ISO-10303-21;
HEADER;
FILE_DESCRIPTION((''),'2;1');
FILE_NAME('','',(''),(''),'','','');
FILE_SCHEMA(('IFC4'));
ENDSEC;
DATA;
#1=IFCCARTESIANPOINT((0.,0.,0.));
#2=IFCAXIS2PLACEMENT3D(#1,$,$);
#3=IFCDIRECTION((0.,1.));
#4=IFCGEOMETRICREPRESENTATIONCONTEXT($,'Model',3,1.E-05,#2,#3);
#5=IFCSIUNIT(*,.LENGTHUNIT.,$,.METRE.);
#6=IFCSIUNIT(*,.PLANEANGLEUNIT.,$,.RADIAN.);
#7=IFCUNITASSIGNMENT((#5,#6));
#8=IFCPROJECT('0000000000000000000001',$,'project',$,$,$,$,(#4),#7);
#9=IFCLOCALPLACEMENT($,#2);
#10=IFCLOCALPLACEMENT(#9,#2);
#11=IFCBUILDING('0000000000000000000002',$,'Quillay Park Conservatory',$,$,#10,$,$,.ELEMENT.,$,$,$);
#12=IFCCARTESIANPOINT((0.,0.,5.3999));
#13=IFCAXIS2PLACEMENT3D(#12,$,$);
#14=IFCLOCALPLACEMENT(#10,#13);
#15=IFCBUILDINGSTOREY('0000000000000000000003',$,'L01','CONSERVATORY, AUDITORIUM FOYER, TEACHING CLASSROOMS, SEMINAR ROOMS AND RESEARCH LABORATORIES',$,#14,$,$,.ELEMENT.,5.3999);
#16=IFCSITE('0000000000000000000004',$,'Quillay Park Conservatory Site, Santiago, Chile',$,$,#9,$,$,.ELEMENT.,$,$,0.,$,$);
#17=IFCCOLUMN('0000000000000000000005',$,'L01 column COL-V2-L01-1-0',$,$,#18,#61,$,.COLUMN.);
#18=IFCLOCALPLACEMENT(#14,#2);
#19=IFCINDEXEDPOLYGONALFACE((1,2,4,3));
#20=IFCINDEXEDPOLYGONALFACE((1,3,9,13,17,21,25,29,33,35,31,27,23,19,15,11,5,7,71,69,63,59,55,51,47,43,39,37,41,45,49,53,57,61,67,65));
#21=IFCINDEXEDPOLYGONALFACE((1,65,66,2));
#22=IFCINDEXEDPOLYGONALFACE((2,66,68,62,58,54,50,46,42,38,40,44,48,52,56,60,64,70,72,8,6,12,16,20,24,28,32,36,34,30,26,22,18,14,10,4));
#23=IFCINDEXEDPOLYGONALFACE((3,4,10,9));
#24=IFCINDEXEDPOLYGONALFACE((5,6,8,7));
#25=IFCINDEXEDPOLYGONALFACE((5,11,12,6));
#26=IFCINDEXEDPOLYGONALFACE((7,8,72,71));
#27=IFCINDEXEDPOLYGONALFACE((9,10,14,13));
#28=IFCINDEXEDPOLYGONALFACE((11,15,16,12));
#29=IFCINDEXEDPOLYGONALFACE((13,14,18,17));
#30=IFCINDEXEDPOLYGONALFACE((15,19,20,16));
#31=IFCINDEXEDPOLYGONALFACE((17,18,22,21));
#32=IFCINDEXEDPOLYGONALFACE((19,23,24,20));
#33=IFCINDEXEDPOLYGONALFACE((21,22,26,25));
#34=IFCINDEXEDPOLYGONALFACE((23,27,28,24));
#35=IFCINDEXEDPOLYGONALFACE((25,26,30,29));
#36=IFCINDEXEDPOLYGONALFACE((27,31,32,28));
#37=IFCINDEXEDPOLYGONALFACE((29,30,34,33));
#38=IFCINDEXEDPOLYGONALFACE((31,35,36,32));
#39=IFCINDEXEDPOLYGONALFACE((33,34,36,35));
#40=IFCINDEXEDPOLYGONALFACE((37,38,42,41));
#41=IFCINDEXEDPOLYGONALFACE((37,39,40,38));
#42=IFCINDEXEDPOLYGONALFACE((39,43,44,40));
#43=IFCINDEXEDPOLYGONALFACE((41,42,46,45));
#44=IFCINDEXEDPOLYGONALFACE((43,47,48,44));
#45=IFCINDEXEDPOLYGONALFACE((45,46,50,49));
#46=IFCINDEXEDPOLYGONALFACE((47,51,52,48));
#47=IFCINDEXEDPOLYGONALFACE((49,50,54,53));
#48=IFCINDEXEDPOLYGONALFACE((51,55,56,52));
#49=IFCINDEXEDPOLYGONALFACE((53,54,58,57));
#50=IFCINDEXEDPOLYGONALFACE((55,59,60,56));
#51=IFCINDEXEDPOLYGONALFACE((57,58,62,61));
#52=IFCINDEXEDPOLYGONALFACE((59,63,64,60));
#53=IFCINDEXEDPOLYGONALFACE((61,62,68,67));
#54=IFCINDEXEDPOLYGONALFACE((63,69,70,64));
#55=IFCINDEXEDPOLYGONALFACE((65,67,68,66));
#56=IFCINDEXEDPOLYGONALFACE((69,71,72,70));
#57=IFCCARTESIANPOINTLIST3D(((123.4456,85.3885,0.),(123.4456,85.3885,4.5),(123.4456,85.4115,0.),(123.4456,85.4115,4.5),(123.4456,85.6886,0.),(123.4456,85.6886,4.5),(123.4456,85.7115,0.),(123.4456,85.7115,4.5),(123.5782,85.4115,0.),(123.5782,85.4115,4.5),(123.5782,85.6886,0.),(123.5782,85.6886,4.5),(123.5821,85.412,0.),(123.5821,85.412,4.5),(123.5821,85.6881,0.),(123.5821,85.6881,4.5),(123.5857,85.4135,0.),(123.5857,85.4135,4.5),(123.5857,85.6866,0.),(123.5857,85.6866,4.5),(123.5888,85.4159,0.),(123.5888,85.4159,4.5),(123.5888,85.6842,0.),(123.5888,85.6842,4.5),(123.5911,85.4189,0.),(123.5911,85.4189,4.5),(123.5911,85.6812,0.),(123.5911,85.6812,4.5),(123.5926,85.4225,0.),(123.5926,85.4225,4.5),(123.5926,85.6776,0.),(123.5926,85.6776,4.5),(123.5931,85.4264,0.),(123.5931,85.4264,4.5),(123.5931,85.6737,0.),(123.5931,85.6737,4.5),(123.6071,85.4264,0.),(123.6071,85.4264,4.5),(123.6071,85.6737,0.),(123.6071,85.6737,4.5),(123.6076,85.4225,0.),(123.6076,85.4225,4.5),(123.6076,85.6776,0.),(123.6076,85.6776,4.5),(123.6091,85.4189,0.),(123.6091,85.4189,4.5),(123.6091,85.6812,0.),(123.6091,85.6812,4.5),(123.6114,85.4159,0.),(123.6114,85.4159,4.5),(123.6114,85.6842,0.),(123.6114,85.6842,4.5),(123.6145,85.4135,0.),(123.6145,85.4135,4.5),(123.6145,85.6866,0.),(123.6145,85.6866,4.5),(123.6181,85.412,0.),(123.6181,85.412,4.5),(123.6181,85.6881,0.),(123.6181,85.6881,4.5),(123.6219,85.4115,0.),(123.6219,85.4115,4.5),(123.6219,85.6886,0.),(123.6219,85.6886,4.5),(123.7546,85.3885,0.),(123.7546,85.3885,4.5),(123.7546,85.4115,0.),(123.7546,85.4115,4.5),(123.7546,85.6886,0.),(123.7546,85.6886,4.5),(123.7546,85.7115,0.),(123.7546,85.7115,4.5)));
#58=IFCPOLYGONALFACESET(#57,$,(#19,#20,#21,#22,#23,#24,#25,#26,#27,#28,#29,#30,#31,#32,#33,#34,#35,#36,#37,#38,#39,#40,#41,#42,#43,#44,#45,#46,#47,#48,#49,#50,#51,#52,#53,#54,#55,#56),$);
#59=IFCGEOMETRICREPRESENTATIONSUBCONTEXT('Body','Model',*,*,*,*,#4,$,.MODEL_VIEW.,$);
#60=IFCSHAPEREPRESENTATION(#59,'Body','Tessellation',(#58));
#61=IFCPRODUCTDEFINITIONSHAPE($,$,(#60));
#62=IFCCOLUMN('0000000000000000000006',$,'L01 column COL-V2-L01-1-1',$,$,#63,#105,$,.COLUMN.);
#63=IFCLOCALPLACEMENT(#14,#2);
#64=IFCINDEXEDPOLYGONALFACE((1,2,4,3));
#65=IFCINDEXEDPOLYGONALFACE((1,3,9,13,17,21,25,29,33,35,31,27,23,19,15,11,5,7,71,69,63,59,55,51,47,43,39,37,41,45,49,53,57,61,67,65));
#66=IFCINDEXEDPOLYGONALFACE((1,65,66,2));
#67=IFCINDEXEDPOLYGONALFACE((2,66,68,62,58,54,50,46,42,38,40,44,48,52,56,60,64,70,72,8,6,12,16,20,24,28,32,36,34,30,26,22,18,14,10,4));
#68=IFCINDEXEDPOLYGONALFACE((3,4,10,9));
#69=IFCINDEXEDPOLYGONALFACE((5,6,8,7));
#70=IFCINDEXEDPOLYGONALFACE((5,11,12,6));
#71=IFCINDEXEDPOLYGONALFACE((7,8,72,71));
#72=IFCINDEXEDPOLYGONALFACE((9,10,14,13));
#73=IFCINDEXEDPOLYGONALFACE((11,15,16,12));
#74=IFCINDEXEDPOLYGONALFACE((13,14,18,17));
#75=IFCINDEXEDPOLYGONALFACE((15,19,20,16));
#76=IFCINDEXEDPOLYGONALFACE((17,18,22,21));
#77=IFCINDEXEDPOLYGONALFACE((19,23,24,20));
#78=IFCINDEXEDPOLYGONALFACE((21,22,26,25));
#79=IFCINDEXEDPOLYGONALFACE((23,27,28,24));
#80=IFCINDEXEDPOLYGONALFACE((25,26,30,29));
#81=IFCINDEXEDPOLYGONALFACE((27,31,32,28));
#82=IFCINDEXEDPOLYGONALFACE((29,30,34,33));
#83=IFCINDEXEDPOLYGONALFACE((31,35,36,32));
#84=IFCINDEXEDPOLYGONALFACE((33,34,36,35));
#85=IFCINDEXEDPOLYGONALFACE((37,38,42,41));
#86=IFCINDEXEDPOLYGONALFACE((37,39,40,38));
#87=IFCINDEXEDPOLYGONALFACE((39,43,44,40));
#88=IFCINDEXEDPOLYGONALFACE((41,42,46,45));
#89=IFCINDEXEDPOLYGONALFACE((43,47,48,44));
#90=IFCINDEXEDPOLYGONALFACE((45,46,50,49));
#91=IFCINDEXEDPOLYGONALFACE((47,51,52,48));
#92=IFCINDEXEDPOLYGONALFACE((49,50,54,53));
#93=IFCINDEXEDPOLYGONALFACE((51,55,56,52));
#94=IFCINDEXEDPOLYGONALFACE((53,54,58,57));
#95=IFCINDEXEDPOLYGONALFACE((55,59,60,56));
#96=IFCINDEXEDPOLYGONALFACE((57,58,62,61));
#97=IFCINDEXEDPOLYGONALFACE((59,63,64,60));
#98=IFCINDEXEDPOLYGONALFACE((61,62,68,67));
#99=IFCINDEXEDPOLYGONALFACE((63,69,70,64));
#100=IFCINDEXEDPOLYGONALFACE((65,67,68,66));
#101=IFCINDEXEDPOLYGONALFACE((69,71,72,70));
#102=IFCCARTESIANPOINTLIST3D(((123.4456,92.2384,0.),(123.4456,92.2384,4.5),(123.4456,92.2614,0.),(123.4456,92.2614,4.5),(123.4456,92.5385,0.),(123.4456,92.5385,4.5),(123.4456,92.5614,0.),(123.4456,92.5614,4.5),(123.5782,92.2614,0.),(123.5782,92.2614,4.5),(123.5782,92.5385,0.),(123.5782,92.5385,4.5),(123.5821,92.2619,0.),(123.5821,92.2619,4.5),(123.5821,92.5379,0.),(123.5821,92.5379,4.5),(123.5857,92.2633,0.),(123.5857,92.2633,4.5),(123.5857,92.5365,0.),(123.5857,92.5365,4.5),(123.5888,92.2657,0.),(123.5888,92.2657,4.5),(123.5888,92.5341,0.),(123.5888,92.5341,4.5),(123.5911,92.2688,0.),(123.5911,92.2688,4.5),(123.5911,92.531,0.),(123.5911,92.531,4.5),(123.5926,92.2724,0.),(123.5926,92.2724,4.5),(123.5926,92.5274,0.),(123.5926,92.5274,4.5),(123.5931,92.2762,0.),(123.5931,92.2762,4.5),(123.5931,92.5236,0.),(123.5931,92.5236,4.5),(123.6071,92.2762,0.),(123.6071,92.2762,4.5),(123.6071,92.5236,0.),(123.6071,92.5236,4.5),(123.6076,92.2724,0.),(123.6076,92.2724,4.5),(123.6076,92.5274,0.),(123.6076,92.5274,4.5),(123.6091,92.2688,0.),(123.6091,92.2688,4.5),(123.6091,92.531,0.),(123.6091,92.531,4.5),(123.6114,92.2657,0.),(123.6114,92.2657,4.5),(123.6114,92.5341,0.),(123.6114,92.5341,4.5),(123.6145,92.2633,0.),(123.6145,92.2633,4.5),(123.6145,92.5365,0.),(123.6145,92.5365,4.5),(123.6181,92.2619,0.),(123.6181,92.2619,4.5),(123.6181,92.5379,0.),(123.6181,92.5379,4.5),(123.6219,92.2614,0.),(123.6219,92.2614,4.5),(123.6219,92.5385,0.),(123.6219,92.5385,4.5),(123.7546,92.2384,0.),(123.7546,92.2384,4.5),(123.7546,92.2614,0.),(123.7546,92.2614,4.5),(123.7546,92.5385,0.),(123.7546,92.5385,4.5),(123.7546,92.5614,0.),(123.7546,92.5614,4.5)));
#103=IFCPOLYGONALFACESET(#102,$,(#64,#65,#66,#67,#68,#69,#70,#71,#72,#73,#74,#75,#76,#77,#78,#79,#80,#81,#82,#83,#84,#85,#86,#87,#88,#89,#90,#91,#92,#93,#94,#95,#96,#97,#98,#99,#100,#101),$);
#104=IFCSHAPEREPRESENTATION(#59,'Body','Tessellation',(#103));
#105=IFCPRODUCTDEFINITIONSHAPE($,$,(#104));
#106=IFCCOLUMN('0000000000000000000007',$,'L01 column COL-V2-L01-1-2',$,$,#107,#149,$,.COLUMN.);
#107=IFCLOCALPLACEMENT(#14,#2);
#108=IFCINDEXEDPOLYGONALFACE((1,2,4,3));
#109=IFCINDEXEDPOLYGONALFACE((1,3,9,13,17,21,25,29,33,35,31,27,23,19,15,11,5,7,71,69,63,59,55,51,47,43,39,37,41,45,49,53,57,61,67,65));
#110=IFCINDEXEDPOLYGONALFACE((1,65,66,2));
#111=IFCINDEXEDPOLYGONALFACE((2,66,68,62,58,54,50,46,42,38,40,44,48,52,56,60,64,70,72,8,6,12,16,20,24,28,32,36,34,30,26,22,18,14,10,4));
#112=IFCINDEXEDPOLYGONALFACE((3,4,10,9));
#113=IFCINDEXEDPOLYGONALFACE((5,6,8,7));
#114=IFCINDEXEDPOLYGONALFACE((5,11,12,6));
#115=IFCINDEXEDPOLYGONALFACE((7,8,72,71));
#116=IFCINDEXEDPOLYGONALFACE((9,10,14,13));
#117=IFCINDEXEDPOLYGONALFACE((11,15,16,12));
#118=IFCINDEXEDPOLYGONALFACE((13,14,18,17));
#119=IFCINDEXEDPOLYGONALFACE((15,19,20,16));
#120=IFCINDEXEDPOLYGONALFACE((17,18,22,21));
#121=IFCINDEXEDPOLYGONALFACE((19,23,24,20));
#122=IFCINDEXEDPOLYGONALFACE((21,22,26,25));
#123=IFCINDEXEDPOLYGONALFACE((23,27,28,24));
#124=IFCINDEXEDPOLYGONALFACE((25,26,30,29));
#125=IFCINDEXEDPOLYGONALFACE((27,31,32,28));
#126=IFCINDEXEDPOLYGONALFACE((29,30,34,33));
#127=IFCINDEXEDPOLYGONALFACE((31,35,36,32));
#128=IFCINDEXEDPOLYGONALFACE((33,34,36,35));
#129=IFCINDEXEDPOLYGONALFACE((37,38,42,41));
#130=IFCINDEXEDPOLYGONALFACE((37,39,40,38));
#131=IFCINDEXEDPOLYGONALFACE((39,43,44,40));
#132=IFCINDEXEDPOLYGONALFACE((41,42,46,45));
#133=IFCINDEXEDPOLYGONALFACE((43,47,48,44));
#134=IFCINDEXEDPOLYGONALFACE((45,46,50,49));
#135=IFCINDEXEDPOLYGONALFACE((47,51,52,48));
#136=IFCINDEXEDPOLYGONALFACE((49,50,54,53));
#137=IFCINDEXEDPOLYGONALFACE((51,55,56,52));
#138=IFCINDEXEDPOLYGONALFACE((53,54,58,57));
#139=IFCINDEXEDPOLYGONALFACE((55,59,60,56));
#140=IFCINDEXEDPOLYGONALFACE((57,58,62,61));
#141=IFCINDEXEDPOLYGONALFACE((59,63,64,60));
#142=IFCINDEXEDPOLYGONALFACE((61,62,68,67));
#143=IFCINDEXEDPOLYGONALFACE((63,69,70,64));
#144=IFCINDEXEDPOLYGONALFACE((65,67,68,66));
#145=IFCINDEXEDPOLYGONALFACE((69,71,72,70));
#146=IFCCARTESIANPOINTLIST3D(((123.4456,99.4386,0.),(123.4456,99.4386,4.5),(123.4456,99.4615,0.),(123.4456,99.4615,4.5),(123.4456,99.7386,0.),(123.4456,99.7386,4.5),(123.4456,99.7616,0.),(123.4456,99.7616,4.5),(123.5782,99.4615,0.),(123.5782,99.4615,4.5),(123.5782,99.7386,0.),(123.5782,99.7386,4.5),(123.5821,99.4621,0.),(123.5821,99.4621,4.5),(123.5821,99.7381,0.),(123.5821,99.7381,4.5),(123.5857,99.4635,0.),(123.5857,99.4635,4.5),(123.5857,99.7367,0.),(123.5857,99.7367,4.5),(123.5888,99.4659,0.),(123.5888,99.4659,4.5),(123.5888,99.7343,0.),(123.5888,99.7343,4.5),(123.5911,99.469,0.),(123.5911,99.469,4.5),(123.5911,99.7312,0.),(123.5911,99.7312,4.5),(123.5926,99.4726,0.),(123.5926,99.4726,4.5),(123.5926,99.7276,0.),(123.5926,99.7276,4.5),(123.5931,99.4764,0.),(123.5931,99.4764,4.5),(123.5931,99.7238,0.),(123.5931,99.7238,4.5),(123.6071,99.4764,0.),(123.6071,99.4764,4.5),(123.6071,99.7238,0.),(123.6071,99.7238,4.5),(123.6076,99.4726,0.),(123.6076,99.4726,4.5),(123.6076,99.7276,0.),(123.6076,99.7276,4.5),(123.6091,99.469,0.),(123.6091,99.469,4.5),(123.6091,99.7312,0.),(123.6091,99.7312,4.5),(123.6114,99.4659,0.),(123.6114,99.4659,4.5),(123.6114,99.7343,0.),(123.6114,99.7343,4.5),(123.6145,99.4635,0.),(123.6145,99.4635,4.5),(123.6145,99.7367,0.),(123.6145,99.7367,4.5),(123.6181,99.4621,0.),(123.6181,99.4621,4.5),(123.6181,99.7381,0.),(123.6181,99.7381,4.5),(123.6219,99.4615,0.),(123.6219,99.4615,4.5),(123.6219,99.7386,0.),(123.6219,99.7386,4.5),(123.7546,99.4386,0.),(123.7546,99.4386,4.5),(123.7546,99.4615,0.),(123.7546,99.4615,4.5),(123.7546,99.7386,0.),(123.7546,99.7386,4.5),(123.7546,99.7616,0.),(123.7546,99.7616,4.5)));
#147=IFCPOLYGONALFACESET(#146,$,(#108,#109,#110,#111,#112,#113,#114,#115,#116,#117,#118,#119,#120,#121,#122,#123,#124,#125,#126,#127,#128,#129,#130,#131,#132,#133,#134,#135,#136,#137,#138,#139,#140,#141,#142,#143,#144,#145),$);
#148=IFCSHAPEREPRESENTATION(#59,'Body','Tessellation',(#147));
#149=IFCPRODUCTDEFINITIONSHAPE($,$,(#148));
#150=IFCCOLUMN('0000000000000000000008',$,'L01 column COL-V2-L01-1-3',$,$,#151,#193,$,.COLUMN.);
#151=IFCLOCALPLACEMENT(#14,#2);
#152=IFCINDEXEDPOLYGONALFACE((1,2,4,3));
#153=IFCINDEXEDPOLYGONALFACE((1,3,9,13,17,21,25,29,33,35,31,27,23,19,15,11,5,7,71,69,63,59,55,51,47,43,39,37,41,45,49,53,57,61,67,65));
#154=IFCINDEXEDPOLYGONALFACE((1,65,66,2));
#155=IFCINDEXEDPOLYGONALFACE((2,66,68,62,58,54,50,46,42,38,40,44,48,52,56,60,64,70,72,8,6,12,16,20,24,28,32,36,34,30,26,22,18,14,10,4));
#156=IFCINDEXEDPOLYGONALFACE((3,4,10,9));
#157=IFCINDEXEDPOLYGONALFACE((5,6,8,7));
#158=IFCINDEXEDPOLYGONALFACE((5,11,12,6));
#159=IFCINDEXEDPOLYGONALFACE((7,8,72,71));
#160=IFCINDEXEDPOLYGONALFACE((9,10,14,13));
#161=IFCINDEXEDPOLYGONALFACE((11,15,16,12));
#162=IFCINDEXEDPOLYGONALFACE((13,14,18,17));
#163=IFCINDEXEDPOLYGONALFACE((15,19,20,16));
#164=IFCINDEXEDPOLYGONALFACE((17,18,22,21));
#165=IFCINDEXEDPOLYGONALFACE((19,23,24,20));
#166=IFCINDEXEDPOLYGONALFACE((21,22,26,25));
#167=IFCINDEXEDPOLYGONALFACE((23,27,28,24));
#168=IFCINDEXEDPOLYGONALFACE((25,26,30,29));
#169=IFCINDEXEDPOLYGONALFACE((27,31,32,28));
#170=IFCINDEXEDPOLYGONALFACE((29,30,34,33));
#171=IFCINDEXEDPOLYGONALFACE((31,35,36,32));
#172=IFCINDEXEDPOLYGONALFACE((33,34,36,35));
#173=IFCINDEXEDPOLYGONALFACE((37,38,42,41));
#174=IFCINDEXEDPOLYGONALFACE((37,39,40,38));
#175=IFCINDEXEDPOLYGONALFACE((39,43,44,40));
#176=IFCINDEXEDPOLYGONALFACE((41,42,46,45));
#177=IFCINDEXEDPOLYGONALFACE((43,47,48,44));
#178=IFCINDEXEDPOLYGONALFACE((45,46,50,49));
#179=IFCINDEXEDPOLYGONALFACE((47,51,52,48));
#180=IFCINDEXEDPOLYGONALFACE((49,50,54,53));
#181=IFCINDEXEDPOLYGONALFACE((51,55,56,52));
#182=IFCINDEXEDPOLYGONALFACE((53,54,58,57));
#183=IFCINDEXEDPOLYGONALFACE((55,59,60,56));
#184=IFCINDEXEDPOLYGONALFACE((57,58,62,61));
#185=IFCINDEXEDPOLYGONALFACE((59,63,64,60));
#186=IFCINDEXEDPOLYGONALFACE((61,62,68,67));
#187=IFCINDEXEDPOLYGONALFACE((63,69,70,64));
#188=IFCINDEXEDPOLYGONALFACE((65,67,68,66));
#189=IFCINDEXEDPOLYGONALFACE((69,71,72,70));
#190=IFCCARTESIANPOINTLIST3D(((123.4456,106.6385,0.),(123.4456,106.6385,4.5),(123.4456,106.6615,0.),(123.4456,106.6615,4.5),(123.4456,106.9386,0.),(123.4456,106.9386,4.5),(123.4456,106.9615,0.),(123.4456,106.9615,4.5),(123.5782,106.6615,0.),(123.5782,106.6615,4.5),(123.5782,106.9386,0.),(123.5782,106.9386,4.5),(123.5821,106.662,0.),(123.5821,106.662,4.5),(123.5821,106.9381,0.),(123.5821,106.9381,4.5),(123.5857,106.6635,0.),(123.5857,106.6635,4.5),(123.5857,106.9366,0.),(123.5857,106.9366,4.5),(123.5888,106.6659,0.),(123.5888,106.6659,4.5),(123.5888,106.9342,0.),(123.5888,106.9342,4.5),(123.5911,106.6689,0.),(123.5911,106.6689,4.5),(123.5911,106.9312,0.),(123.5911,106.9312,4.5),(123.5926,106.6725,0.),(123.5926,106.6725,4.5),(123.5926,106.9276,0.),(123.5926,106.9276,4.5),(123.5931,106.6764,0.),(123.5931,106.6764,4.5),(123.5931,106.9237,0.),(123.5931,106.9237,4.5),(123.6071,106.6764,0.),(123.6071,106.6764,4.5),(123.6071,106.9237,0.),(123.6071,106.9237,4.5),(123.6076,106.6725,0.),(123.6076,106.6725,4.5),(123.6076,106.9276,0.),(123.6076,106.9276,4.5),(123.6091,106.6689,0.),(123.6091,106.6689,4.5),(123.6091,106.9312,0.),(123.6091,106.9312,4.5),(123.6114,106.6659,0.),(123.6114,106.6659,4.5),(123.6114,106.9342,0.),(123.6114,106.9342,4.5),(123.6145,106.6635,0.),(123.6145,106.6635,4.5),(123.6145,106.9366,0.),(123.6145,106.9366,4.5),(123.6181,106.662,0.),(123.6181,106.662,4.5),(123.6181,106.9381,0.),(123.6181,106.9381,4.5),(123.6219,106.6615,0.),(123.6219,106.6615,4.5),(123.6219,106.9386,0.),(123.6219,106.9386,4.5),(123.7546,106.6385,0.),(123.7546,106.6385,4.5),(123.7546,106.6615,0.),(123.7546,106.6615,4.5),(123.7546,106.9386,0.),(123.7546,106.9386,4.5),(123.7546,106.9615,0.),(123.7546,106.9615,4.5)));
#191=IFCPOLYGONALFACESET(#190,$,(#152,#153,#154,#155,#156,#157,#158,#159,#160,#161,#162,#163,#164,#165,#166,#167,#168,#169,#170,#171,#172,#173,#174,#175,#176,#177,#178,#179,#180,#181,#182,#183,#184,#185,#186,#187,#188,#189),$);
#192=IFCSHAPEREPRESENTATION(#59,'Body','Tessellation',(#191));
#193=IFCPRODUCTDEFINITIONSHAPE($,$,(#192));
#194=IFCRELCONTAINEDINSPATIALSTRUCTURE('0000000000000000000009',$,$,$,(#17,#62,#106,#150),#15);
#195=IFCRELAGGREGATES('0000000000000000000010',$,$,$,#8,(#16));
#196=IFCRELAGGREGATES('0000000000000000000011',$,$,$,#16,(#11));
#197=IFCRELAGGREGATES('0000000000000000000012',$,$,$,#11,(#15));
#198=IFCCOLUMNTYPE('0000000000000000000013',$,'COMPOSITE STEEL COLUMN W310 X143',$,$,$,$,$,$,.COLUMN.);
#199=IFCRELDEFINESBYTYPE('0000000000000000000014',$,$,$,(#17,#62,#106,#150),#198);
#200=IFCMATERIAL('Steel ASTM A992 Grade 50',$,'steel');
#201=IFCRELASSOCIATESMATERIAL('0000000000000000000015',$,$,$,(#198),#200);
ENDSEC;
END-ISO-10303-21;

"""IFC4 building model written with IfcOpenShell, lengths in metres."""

from ifc_helpers import new_model, si_unit, direction, frame, origin, origin_2d, place, context, subcontext, project, spatial, i_section, extrude, material, material_profile, profile_set, type_object, element, save


model = new_model("IFC4")

# Units and contexts
model_context = context("Model", 3, precision=1e-05, world=origin(), true_north=direction((0.0, 1.0)))
body_context = subcontext(model_context, "Body", "Model", "MODEL_VIEW")
ifc_project = project(units=[si_unit("LENGTHUNIT", "METRE"), si_unit("PLANEANGLEUNIT", "RADIAN")], contexts=[model_context])

# Site, building, storey
site_placement = place(None, origin())
site = spatial("IfcSite", under=ifc_project, at=site_placement, Name="Quillay Park Conservatory Site, Santiago, Chile", CompositionType="ELEMENT", RefElevation=0.0)
building_placement = place(site_placement, origin())
building = spatial("IfcBuilding", under=site, at=building_placement, Name="Quillay Park Conservatory", CompositionType="ELEMENT")
storey_placement = place(building_placement, frame((0.0, 0.0, 5.3999)))
storey = spatial("IfcBuildingStorey", under=building, at=storey_placement, Name="L01", Description="CONSERVATORY, AUDITORIUM FOYER, TEACHING CLASSROOMS, SEMINAR ROOMS AND RESEARCH LABORATORIES", CompositionType="ELEMENT", Elevation=5.3999)

# Columns
ifc_material_1 = material(Name="Steel ASTM A992 Grade 50", Category="steel")
ifc_material_profile_1 = material_profile(ifc_material_1, i_section(OverallWidth=0.3091, OverallDepth=0.323, WebThickness=0.0139, FlangeThickness=0.0229, FilletRadius=0.0149, at=origin_2d()), Name="W310x143")
ifc_profile_set_1 = profile_set([ifc_material_profile_1], Name="Steel ASTM A992 Grade 50")
column_type = type_object("IfcColumnType", Name="COMPOSITE STEEL COLUMN W310 X143", PredefinedType="COLUMN", material=ifc_profile_set_1)
for number, where, z_axis, x_axis, name in (
    (1, (123.6001, 85.55, 0.0), (0.0, 0.0, 1.0), (1.0, 0.0, 0.0), "L01 column COL-V2-L01-1-0"),
    (2, (123.6001, 92.3999, 0.0), (0.0, 0.0, 1.0), (1.0, 0.0, 0.0), "L01 column COL-V2-L01-1-1"),
    (3, (123.6001, 99.6001, 0.0), (0.0, 0.0, 1.0), (1.0, 0.0, 0.0), "L01 column COL-V2-L01-1-2"),
    (4, (123.6001, 106.8, 0.0), (0.0, 0.0, 1.0), (1.0, 0.0, 0.0), "L01 column COL-V2-L01-1-3"),
):
    element("IfcColumn", number, at=place(storey_placement, frame(where, z_axis=z_axis, x_axis=x_axis)), inside=storey, type_object=column_type, Name=name, PredefinedType="COLUMN", context=body_context, shape_type="SweptSolid", body=[
        extrude(i_section(OverallWidth=0.3091, OverallDepth=0.323, WebThickness=0.0139, FlangeThickness=0.0229, FilletRadius=0.0149, at=origin_2d()), origin(), (0.0, 0.0, 1.0), 4.5),
    ])

save(model, "model.ifc")
